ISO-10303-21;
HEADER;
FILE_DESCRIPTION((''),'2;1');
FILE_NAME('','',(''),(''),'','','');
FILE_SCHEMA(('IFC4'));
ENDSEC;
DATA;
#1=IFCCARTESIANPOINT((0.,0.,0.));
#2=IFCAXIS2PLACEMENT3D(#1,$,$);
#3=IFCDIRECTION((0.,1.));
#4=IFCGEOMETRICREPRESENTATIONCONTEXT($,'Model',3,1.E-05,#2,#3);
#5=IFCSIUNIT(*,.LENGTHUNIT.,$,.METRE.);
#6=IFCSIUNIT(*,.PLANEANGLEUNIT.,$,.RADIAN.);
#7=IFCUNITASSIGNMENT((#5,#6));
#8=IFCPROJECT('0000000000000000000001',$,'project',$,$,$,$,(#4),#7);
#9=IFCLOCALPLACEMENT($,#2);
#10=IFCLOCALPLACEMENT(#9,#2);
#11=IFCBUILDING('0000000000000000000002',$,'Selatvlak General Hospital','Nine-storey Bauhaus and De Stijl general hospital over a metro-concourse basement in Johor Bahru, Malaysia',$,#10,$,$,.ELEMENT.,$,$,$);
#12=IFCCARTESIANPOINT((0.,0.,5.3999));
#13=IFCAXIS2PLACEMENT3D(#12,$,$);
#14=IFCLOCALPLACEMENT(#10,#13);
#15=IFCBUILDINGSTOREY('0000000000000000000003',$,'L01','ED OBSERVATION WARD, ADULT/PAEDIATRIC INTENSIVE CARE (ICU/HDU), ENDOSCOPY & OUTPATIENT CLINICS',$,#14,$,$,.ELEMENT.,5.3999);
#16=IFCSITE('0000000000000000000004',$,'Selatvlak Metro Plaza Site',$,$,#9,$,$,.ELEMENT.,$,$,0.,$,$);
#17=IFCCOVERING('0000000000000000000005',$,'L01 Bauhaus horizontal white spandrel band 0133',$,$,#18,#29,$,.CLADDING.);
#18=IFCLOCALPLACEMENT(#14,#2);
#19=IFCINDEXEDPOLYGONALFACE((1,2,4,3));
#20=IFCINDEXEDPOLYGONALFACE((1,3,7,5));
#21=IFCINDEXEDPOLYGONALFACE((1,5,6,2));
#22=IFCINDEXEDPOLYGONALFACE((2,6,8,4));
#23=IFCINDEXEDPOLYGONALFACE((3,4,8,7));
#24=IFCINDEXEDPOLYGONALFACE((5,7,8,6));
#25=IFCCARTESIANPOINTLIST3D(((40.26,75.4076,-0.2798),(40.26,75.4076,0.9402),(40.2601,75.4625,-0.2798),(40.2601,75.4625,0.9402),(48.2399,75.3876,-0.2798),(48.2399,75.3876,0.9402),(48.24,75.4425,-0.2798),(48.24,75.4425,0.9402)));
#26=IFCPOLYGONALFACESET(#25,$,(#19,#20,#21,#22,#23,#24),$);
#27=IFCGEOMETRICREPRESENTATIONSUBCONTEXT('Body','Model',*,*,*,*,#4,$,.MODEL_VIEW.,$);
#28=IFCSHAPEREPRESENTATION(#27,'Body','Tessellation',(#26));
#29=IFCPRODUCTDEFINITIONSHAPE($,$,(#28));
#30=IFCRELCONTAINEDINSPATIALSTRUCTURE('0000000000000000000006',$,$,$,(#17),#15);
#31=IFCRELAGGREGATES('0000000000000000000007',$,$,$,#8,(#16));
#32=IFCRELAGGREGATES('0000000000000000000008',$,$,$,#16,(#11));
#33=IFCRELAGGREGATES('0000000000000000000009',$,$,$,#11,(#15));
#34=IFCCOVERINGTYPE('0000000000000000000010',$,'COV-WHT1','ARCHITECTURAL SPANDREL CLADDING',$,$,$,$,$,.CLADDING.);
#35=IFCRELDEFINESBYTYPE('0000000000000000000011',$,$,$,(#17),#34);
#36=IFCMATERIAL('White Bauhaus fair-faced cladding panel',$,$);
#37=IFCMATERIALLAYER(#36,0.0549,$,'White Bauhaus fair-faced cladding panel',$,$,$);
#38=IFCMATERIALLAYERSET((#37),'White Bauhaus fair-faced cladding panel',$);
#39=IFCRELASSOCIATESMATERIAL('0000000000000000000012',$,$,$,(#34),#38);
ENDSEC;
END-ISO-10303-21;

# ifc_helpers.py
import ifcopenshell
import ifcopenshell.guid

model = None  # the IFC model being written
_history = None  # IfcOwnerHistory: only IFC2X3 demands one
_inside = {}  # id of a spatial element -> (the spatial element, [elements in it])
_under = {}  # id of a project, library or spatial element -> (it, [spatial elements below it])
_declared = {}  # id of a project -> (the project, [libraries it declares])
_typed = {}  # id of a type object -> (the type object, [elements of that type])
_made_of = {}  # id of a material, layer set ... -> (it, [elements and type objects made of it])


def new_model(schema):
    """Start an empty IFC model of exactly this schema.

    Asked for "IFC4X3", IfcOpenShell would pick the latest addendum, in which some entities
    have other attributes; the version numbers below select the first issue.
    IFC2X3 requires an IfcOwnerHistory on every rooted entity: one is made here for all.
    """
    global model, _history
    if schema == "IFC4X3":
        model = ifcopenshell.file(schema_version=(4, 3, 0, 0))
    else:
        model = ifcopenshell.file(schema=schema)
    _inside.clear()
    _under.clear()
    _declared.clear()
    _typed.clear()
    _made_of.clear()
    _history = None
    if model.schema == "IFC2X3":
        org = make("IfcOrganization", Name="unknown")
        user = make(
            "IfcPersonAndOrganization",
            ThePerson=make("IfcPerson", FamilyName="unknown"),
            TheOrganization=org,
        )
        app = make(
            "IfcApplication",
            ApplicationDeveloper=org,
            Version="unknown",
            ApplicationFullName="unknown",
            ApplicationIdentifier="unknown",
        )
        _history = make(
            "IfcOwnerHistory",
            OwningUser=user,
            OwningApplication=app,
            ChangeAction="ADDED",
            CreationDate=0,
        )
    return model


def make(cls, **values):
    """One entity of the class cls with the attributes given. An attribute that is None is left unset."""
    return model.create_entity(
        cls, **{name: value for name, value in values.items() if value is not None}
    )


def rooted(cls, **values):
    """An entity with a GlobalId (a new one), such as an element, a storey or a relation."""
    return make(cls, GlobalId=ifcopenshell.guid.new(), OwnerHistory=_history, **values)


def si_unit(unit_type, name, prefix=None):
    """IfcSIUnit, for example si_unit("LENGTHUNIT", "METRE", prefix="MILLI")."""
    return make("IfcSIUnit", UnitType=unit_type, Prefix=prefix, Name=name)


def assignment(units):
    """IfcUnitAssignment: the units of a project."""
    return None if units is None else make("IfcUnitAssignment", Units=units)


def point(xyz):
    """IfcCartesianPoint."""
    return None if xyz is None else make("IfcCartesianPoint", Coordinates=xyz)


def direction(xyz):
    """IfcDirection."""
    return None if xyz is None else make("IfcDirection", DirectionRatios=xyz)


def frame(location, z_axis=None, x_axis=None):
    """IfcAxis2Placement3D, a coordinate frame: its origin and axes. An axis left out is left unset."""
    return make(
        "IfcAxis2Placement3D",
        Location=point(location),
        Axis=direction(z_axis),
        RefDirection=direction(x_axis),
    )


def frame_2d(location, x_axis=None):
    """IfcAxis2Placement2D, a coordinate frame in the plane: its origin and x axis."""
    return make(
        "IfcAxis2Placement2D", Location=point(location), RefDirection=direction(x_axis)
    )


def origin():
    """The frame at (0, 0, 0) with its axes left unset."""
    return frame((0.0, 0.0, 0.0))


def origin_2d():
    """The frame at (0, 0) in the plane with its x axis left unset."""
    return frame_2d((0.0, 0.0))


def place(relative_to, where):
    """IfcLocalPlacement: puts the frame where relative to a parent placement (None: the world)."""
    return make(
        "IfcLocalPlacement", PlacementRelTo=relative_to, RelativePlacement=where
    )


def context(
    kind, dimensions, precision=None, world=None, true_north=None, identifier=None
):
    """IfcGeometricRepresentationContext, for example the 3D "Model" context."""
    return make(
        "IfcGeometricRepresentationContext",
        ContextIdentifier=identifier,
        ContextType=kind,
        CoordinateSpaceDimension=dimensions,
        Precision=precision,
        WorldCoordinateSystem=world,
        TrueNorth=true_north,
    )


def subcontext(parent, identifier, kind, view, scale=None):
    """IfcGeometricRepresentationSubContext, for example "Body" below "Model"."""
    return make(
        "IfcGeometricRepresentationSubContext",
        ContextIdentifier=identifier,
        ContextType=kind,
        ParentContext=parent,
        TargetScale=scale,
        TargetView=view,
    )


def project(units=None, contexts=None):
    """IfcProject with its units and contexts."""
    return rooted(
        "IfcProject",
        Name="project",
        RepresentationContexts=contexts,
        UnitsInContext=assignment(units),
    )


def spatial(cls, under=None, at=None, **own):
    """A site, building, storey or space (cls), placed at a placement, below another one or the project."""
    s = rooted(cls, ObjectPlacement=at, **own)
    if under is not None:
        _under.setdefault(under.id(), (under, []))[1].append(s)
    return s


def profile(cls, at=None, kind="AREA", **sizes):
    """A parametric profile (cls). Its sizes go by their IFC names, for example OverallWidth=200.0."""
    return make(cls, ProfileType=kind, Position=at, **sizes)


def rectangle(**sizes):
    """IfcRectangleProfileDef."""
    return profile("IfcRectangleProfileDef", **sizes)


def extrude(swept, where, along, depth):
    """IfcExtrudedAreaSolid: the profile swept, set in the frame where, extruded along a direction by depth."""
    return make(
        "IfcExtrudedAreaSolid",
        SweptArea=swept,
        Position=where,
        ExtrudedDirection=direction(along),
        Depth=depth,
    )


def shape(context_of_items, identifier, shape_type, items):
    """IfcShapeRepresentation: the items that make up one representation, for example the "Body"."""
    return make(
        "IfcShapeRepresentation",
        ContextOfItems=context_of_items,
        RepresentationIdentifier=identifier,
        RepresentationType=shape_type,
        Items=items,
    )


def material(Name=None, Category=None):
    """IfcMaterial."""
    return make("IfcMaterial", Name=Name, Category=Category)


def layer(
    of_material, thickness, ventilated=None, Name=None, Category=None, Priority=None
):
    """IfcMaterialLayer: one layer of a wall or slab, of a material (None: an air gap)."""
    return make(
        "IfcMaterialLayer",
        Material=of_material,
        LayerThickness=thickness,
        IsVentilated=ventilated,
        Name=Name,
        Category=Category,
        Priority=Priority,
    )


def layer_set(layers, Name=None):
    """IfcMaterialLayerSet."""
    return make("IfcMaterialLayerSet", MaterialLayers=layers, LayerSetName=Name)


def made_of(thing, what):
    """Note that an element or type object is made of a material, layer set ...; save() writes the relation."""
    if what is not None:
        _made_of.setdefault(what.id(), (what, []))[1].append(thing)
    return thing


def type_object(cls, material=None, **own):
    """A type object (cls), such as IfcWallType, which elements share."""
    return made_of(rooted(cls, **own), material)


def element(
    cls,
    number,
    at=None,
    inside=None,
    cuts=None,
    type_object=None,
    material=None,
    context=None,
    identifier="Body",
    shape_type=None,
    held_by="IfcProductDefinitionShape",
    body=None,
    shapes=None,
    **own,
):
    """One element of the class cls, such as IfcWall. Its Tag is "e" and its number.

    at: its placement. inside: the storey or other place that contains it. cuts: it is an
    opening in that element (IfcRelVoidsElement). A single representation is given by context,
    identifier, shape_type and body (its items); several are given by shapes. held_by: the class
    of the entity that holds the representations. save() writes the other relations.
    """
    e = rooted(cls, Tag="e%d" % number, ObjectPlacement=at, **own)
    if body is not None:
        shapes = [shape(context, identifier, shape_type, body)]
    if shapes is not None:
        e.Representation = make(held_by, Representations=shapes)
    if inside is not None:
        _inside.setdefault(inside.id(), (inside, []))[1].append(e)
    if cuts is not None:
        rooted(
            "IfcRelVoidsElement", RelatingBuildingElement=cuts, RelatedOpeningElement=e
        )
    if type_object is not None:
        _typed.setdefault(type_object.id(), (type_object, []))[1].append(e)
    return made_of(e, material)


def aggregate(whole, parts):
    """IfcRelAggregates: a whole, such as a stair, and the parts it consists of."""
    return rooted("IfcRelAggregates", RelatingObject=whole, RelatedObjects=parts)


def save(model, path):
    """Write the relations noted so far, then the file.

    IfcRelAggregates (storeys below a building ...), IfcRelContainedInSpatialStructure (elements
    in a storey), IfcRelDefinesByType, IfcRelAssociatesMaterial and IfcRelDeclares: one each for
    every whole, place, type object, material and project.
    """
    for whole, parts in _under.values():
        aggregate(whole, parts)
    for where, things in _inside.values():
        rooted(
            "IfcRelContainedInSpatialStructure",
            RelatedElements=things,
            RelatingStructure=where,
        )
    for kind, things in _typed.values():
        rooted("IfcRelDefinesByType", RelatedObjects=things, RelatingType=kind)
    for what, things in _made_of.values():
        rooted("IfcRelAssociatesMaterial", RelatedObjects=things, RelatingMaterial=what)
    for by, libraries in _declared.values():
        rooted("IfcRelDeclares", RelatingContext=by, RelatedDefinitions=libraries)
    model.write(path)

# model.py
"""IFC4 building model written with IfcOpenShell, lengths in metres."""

from ifc_helpers import new_model, si_unit, direction, frame, origin, origin_2d, place, context, subcontext, project, spatial, rectangle, extrude, material, layer, layer_set, type_object, element, save


model = new_model("IFC4")

# Units and contexts
model_context = context("Model", 3, precision=1e-05, world=origin(), true_north=direction((0.0, 1.0)))
body_context = subcontext(model_context, "Body", "Model", "MODEL_VIEW")
ifc_project = project(units=[si_unit("LENGTHUNIT", "METRE"), si_unit("PLANEANGLEUNIT", "RADIAN")], contexts=[model_context])

# Site, building, storey
site_placement = place(None, origin())
site = spatial("IfcSite", under=ifc_project, at=site_placement, Name="Selatvlak Metro Plaza Site", CompositionType="ELEMENT", RefElevation=0.0)
building_placement = place(site_placement, origin())
building = spatial("IfcBuilding", under=site, at=building_placement, Name="Selatvlak General Hospital", Description="Nine-storey Bauhaus and De Stijl general hospital over a metro-concourse basement in Johor Bahru, Malaysia", CompositionType="ELEMENT")
storey_placement = place(building_placement, frame((0.0, 0.0, 5.3999)))
storey = spatial("IfcBuildingStorey", under=building, at=storey_placement, Name="L01", Description="ED OBSERVATION WARD, ADULT/PAEDIATRIC INTENSIVE CARE (ICU/HDU), ENDOSCOPY & OUTPATIENT CLINICS", CompositionType="ELEMENT", Elevation=5.3999)

# Covering
ifc_material_1 = material(Name="White Bauhaus fair-faced cladding panel")
ifc_layer_1 = layer(ifc_material_1, 0.0549, Name="White Bauhaus fair-faced cladding panel")
ifc_layer_set_1 = layer_set([ifc_layer_1], Name="White Bauhaus fair-faced cladding panel")
covering_type = type_object("IfcCoveringType", Name="COV-WHT1", Description="ARCHITECTURAL SPANDREL CLADDING", PredefinedType="CLADDING", material=ifc_layer_set_1)
covering_1_placement = place(storey_placement, frame((44.25, 75.425, -0.2798), z_axis=(0.0, 0.0, 1.0), x_axis=(-0.999997, 0.002513, 0.0)))
element("IfcCovering", 1, at=covering_1_placement, inside=storey, type_object=covering_type, Name="L01 Bauhaus horizontal white spandrel band 0133", PredefinedType="CLADDING", context=body_context, shape_type="SweptSolid", body=[
    extrude(rectangle(XDim=7.98, YDim=0.0549, at=origin_2d()), origin(), (0.0, 0.0, 1.0), 1.22),
])

save(model, "model.ifc")
